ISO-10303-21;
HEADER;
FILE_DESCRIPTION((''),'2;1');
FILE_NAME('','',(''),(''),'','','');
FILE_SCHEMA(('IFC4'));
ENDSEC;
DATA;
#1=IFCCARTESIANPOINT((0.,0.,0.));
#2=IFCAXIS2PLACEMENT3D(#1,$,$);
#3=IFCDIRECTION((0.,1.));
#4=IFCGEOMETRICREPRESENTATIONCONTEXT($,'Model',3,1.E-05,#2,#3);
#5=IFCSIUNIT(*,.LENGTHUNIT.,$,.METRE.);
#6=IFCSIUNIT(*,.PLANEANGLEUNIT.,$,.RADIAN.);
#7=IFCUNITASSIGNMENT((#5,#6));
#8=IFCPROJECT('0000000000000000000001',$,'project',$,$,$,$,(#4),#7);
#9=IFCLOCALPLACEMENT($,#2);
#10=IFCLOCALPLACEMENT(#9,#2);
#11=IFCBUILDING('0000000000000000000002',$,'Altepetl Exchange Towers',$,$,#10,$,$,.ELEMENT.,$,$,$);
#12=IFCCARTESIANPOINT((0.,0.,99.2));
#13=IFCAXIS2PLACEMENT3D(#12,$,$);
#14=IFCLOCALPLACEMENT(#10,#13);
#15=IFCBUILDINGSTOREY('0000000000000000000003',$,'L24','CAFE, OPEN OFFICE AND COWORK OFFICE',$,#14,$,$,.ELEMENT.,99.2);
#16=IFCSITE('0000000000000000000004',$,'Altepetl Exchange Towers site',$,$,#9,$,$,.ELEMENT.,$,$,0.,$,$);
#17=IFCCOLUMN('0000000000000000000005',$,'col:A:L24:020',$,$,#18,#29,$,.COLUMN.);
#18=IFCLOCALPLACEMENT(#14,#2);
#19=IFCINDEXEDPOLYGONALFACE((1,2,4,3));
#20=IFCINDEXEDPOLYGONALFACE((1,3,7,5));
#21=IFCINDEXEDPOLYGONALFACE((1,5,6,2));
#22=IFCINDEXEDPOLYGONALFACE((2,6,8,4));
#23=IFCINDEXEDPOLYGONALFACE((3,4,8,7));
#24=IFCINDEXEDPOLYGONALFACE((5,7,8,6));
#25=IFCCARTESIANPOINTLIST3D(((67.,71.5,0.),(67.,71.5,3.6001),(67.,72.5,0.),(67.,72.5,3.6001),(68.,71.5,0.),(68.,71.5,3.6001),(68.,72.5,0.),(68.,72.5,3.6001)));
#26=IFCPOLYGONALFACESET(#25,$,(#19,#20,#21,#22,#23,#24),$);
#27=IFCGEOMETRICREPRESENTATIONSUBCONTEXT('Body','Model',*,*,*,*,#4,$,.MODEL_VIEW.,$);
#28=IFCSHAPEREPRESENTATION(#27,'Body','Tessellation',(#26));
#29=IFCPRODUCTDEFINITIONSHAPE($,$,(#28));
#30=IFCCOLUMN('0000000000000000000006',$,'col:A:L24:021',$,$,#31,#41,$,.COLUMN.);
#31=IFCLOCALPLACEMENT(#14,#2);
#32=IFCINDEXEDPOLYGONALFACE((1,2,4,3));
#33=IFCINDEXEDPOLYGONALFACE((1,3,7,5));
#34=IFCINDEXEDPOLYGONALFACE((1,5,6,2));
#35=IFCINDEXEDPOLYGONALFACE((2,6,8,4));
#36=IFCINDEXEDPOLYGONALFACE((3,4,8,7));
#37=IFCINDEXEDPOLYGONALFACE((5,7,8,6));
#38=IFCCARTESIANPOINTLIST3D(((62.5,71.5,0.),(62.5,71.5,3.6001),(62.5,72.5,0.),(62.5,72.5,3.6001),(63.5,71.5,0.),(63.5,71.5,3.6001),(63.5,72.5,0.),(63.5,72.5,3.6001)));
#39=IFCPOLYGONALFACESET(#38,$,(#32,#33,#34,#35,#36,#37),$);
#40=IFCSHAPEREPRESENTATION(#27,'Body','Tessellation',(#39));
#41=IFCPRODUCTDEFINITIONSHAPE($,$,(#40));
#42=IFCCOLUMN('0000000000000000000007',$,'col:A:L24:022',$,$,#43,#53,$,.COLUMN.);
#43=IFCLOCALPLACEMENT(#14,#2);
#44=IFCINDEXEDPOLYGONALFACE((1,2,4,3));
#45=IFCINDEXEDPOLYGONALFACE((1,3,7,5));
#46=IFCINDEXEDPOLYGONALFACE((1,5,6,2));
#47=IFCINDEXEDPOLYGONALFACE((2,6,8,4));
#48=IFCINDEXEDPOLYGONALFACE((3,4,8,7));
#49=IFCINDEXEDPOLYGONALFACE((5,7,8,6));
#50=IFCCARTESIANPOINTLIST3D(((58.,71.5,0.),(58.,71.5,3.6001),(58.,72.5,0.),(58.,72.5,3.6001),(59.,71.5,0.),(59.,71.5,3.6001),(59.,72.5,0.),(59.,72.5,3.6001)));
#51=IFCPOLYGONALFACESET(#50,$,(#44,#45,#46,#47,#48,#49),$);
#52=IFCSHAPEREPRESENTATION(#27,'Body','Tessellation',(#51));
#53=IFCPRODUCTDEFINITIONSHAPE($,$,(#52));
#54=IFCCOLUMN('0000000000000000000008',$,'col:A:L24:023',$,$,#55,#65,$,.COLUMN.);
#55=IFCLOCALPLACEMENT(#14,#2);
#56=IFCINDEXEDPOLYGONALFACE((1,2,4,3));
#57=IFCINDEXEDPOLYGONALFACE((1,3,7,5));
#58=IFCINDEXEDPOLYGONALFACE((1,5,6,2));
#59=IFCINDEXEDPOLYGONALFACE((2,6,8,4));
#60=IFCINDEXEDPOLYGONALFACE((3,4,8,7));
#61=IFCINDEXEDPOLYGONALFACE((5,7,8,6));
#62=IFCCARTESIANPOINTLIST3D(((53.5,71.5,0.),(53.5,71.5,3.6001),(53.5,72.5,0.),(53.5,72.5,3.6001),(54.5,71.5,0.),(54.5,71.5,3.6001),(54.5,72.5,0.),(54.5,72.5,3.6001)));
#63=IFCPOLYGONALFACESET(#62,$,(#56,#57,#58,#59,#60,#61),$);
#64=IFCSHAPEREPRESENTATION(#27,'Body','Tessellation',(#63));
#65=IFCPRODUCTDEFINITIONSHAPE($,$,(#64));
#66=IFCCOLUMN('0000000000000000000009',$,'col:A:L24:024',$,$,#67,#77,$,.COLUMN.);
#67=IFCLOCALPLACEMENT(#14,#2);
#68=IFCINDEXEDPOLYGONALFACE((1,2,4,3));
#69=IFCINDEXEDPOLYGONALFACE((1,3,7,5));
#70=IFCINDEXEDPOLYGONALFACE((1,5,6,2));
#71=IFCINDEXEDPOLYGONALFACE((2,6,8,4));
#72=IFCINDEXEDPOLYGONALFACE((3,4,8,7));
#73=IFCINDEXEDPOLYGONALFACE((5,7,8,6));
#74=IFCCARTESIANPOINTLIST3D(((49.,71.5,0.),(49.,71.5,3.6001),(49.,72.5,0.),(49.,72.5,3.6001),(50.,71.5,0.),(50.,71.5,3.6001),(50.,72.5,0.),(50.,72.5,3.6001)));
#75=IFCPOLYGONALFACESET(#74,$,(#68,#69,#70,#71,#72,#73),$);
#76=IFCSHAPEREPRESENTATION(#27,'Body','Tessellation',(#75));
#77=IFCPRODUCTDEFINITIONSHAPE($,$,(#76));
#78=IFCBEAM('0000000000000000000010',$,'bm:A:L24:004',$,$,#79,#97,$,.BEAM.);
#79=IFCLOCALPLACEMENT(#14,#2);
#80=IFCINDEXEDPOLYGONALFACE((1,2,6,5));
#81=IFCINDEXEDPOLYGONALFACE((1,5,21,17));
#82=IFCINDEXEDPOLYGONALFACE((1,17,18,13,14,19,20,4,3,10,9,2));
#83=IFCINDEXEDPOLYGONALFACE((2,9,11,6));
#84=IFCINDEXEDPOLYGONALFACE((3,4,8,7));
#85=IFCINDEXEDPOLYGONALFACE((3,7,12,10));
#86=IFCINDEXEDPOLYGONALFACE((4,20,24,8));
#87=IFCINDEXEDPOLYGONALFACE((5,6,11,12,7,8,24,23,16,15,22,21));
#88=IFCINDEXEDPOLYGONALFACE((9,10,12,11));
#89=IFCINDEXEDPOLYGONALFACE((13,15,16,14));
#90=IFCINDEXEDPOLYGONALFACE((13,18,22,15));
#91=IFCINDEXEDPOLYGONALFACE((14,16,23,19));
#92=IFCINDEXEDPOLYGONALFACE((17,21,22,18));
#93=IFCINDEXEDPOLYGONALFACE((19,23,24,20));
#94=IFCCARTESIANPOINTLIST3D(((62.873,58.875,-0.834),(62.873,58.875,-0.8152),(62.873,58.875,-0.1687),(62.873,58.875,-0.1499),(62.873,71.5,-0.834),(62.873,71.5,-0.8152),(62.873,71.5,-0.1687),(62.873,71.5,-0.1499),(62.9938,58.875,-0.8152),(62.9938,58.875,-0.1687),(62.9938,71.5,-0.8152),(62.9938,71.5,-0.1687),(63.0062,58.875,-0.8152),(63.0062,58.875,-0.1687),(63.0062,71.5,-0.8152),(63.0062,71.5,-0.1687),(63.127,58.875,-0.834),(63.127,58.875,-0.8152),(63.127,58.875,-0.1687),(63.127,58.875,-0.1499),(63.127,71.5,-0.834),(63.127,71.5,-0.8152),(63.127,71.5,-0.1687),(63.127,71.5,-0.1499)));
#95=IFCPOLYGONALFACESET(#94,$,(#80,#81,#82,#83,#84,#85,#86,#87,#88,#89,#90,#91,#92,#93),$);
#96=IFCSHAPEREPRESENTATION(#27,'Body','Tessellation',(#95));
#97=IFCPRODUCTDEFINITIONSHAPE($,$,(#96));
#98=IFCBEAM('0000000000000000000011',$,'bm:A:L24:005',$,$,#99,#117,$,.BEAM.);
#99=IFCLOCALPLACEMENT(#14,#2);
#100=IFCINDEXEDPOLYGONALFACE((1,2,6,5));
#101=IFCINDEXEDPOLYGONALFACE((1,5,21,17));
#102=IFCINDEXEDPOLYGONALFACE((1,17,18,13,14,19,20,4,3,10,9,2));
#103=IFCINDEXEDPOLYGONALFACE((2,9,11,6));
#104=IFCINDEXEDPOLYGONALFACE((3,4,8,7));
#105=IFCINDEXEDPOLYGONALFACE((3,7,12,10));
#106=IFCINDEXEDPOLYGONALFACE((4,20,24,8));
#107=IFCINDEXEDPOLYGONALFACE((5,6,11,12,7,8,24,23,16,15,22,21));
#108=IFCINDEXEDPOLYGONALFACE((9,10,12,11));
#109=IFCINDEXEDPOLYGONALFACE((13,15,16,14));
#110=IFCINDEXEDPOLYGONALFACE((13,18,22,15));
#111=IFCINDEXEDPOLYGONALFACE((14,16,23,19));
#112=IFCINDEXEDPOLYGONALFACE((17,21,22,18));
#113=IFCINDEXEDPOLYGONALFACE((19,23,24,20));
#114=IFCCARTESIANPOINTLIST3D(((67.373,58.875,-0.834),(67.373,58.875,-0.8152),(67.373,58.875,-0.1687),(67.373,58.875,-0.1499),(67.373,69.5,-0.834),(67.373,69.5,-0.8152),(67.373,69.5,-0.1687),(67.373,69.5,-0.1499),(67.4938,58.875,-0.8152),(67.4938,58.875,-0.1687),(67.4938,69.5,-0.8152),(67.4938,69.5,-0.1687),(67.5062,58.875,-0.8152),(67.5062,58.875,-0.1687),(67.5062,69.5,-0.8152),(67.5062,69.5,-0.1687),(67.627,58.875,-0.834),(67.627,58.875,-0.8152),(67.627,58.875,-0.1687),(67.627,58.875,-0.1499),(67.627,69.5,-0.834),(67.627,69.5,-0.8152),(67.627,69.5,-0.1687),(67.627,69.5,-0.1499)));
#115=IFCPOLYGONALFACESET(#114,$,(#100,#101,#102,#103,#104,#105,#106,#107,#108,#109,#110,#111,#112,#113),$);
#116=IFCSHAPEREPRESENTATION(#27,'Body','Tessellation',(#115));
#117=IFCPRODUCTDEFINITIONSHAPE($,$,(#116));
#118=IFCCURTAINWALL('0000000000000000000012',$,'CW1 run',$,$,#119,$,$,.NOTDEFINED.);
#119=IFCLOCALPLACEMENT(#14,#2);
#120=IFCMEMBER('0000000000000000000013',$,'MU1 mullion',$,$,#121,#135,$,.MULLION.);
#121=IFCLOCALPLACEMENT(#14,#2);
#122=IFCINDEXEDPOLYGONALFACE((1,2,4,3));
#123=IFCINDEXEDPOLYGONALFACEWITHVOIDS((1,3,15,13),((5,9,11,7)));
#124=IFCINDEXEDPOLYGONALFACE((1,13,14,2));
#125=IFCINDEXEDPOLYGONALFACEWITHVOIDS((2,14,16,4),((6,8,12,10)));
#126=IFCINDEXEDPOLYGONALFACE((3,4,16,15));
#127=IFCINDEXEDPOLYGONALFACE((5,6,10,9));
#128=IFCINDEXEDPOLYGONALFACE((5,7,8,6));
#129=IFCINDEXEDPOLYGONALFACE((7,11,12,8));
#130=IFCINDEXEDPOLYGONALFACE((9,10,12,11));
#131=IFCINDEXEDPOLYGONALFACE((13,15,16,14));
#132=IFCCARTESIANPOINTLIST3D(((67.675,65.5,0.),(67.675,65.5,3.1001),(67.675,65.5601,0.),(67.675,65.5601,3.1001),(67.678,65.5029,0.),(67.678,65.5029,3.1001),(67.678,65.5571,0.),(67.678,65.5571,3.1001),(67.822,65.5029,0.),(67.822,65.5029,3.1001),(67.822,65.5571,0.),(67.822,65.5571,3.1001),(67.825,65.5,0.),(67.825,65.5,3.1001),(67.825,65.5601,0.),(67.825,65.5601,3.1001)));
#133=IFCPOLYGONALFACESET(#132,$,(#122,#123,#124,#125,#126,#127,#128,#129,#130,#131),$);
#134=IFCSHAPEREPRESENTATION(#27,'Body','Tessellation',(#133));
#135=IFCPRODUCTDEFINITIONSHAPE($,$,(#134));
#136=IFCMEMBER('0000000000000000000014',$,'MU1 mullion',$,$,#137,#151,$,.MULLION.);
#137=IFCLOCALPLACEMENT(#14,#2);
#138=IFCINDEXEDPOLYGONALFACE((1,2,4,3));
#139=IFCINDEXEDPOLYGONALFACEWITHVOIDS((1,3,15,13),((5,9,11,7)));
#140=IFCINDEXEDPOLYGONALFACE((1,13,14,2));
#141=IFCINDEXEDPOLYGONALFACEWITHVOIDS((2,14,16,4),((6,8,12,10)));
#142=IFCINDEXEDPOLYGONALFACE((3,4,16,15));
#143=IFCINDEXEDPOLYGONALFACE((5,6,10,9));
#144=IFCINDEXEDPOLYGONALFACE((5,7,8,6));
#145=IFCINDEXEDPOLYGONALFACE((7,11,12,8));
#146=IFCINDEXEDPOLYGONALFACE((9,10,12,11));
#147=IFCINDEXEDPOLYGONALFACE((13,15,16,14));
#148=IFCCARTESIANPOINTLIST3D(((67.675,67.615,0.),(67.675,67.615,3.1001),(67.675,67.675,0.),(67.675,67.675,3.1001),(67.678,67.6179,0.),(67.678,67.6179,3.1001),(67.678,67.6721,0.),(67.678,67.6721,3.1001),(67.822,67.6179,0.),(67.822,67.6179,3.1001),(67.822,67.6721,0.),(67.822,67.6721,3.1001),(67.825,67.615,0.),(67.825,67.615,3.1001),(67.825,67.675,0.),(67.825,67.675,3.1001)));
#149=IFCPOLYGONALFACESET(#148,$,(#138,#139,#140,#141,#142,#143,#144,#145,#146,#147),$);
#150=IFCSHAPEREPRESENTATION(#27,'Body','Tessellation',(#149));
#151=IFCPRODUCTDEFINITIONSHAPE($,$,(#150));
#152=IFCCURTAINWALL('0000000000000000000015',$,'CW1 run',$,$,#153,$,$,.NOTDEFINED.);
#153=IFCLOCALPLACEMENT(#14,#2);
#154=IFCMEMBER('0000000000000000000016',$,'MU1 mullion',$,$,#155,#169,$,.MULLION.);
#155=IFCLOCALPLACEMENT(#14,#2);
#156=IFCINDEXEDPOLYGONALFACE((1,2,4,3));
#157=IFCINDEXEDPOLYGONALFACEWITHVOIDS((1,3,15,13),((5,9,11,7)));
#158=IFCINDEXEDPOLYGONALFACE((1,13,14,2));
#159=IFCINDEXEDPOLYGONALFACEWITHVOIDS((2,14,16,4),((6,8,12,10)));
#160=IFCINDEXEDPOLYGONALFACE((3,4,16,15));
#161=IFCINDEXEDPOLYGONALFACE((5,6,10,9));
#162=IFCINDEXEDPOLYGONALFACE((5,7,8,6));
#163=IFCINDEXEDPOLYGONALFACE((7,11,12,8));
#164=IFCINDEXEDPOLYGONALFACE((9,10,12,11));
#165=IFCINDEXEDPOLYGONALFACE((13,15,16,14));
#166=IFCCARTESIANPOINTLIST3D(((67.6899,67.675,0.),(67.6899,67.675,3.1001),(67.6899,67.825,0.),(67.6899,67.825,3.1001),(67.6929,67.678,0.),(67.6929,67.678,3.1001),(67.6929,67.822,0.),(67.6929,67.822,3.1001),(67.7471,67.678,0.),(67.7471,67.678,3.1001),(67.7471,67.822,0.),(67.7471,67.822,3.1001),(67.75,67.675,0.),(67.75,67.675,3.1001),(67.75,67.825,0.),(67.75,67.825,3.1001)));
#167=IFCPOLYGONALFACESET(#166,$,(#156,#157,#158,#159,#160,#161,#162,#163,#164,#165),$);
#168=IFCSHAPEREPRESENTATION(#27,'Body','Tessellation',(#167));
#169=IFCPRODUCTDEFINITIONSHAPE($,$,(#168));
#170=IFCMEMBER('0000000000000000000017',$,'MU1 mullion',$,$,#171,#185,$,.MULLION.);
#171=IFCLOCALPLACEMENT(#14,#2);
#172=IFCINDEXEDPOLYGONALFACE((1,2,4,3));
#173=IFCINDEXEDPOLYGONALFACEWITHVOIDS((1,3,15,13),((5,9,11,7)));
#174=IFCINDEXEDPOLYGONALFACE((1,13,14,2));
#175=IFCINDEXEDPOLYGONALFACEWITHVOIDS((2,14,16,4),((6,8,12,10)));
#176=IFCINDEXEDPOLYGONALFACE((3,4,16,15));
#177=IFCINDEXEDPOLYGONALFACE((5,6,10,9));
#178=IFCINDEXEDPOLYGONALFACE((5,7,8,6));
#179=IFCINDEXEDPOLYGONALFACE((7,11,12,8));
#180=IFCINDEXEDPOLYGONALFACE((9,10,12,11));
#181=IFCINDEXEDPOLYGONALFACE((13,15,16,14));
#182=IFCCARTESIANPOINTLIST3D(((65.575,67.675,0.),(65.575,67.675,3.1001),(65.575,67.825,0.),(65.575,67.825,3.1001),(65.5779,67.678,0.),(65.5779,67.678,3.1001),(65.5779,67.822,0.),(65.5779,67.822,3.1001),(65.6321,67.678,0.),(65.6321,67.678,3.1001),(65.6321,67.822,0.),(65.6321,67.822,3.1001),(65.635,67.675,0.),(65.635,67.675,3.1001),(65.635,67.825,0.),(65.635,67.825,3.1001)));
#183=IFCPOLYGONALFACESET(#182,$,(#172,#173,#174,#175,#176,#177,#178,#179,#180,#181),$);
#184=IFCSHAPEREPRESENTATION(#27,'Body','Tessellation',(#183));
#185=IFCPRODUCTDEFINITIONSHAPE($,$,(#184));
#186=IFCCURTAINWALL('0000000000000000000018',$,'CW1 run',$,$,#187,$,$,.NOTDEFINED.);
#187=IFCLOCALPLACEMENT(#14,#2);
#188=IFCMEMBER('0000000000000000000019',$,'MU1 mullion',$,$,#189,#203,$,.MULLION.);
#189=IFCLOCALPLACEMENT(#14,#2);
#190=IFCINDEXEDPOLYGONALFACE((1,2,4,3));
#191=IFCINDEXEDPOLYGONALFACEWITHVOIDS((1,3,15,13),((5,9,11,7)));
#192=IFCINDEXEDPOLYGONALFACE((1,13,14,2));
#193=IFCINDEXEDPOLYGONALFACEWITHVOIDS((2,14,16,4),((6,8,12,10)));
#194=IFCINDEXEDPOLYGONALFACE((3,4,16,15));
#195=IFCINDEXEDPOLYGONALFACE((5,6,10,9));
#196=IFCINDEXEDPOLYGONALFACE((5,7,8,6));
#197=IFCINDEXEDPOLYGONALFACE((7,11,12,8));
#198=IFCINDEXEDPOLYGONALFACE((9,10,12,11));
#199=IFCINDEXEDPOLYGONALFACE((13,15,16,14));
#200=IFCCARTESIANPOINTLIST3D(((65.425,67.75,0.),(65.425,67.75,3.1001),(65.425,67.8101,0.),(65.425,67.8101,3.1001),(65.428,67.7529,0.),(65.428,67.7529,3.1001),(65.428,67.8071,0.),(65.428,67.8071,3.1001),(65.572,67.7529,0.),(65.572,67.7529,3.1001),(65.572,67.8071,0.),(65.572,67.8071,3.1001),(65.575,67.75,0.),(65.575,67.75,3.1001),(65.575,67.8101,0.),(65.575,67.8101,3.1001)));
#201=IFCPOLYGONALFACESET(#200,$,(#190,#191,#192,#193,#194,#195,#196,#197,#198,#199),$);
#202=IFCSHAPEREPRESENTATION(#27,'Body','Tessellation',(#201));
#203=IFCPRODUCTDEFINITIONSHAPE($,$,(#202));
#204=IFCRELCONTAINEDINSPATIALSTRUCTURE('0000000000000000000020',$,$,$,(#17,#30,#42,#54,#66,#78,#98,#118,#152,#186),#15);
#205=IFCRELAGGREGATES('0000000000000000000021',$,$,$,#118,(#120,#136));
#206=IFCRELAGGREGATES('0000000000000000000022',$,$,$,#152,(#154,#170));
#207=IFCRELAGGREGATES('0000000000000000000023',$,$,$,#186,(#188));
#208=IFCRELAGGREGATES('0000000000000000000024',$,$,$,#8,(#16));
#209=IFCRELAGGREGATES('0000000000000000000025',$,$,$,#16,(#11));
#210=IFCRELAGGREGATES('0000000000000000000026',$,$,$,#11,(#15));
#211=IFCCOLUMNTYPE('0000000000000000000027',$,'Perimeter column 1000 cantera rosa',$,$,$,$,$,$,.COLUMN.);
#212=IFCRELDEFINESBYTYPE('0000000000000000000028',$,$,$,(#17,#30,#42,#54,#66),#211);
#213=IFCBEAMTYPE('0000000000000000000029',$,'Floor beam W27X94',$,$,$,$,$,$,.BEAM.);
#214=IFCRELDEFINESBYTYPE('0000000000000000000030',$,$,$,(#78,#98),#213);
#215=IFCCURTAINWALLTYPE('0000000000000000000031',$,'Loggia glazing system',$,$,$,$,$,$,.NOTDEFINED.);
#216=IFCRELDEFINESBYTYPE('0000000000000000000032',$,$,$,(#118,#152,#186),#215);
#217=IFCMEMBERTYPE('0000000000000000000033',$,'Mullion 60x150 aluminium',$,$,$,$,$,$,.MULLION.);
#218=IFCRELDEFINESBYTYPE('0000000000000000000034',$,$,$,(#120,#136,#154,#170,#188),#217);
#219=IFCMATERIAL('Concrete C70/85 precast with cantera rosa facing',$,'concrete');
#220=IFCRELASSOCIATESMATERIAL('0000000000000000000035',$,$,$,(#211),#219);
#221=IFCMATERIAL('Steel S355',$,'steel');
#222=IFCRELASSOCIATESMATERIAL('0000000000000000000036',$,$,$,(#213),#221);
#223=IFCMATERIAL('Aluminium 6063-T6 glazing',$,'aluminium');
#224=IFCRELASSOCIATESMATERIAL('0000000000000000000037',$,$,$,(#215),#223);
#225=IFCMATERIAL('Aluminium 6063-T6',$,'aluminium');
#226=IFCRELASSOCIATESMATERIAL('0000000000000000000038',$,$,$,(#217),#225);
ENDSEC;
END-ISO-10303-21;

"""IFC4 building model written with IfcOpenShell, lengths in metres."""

from ifc_helpers import new_model, si_unit, direction, frame, origin, origin_2d, place, context, subcontext, project, spatial, rectangle, hollow_rectangle, i_section, extrude, material, material_profile, profile_set, type_object, element, aggregate, save


model = new_model("IFC4")

# Units and contexts
model_context = context("Model", 3, precision=1e-05, world=origin(), true_north=direction((0.0, 1.0)))
body_context = subcontext(model_context, "Body", "Model", "MODEL_VIEW")
ifc_project = project(units=[si_unit("LENGTHUNIT", "METRE"), si_unit("PLANEANGLEUNIT", "RADIAN")], contexts=[model_context])

# Site, building, storey
site_placement = place(None, origin())
site = spatial("IfcSite", under=ifc_project, at=site_placement, Name="Altepetl Exchange Towers site", CompositionType="ELEMENT", RefElevation=0.0)
building_placement = place(site_placement, origin())
building = spatial("IfcBuilding", under=site, at=building_placement, Name="Altepetl Exchange Towers", CompositionType="ELEMENT")
storey_placement = place(building_placement, frame((0.0, 0.0, 99.2)))
storey = spatial("IfcBuildingStorey", under=building, at=storey_placement, Name="L24", Description="CAFE, OPEN OFFICE AND COWORK OFFICE", CompositionType="ELEMENT", Elevation=99.2)

# Columns
ifc_material_1 = material(Name="Concrete C70/85 precast with cantera rosa facing", Category="concrete")
ifc_material_profile_1 = material_profile(ifc_material_1, rectangle(XDim=1.0, YDim=1.0, at=origin_2d()), Name="1000 x 1000")
ifc_profile_set_1 = profile_set([ifc_material_profile_1], Name="Concrete C70/85 precast with cantera rosa facing")
column_type = type_object("IfcColumnType", Name="Perimeter column 1000 cantera rosa", PredefinedType="COLUMN", material=ifc_profile_set_1)
for number, where, name in (
    (1, (67.5, 72.0, 0.0), "col:A:L24:020"),
    (2, (63.0, 72.0, 0.0), "col:A:L24:021"),
    (3, (58.5, 72.0, 0.0), "col:A:L24:022"),
    (4, (54.0, 72.0, 0.0), "col:A:L24:023"),
    (5, (49.5, 72.0, 0.0), "col:A:L24:024"),
):
    element("IfcColumn", number, at=place(storey_placement, frame(where)), inside=storey, type_object=column_type, Name=name, PredefinedType="COLUMN", context=body_context, shape_type="SweptSolid", body=[
        extrude(rectangle(XDim=1.0, YDim=1.0, at=origin_2d()), origin(), (0.0, 0.0, 1.0), 3.6001),
    ])

# Beams
ifc_material_2 = material(Name="Steel S355", Category="steel")
ifc_material_profile_2 = material_profile(ifc_material_2, i_section(OverallWidth=0.2539, OverallDepth=0.6841, WebThickness=0.0125, FlangeThickness=0.0188, at=origin_2d()), Name="W27X94")
ifc_profile_set_2 = profile_set([ifc_material_profile_2], Name="Steel S355")
beam_type_1 = type_object("IfcBeamType", Name="Floor beam W27X94", PredefinedType="BEAM", material=ifc_profile_set_2)
beam_1_placement = place(storey_placement, frame((63.0, 58.875, -0.4919), z_axis=(0.0, 1.0, 0.0), x_axis=(-1.0, 0.0, 0.0)))
element("IfcBeam", 6, at=beam_1_placement, inside=storey, type_object=beam_type_1, Name="bm:A:L24:004", PredefinedType="BEAM", context=body_context, shape_type="SweptSolid", body=[
    extrude(i_section(OverallWidth=0.2539, OverallDepth=0.6841, WebThickness=0.0125, FlangeThickness=0.0188, at=origin_2d()), origin(), (0.0, 0.0, 1.0), 12.625),
])
beam_2_placement = place(storey_placement, frame((67.5, 58.875, -0.4919), z_axis=(0.0, 1.0, 0.0), x_axis=(-1.0, 0.0, 0.0)))
element("IfcBeam", 7, at=beam_2_placement, inside=storey, type_object=beam_type_1, Name="bm:A:L24:005", PredefinedType="BEAM", context=body_context, shape_type="SweptSolid", body=[
    extrude(i_section(OverallWidth=0.2539, OverallDepth=0.6841, WebThickness=0.0125, FlangeThickness=0.0188, at=origin_2d()), origin(), (0.0, 0.0, 1.0), 10.625),
])

# Curtain walls, members
ifc_material_3 = material(Name="Aluminium 6063-T6 glazing", Category="aluminium")
curtain_wall_type = type_object("IfcCurtainWallType", Name="Loggia glazing system", PredefinedType="NOTDEFINED", material=ifc_material_3)
curtain_wall_1_placement = place(storey_placement, origin())
curtain_wall_1 = element("IfcCurtainWall", 8, at=curtain_wall_1_placement, inside=storey, type_object=curtain_wall_type, Name="CW1 run", PredefinedType="NOTDEFINED")
ifc_material_4 = material(Name="Aluminium 6063-T6", Category="aluminium")
ifc_material_profile_3 = material_profile(ifc_material_4, hollow_rectangle(XDim=0.0601, YDim=0.1499, WallThickness=0.0029, at=origin_2d()), Name="Mullion 60x150 aluminium")
ifc_profile_set_3 = profile_set([ifc_material_profile_3], Name="Aluminium 6063-T6")
member_type = type_object("IfcMemberType", Name="Mullion 60x150 aluminium", PredefinedType="MULLION", material=ifc_profile_set_3)
member_1_placement = place(storey_placement, frame((67.75, 65.53, 0.0), z_axis=(0.0, 0.0, 1.0), x_axis=(0.0, 1.0, 0.0)))
member_1 = element("IfcMember", 9, at=member_1_placement, type_object=member_type, Name="MU1 mullion", PredefinedType="MULLION", context=body_context, shape_type="SweptSolid", body=[
    extrude(hollow_rectangle(XDim=0.0601, YDim=0.1499, WallThickness=0.0029, at=origin_2d()), origin(), (0.0, 0.0, 1.0), 3.1001),
])
member_2_placement = place(storey_placement, frame((67.75, 67.645, 0.0), z_axis=(0.0, 0.0, 1.0), x_axis=(0.0, 1.0, 0.0)))
member_2 = element("IfcMember", 10, at=member_2_placement, type_object=member_type, Name="MU1 mullion", PredefinedType="MULLION", context=body_context, shape_type="SweptSolid", body=[
    extrude(hollow_rectangle(XDim=0.0601, YDim=0.1499, WallThickness=0.0029, at=origin_2d()), origin(), (0.0, 0.0, 1.0), 3.1001),
])
curtain_wall_2_placement = place(storey_placement, origin())
curtain_wall_2 = element("IfcCurtainWall", 11, at=curtain_wall_2_placement, inside=storey, type_object=curtain_wall_type, Name="CW1 run", PredefinedType="NOTDEFINED")
member_3_placement = place(storey_placement, frame((67.72, 67.75, 0.0), z_axis=(0.0, 0.0, 1.0), x_axis=(-1.0, 0.0, 0.0)))
member_3 = element("IfcMember", 12, at=member_3_placement, type_object=member_type, Name="MU1 mullion", PredefinedType="MULLION", context=body_context, shape_type="SweptSolid", body=[
    extrude(hollow_rectangle(XDim=0.0601, YDim=0.1499, WallThickness=0.0029, at=origin_2d()), origin(), (0.0, 0.0, 1.0), 3.1001),
])
member_4_placement = place(storey_placement, frame((65.605, 67.75, 0.0), z_axis=(0.0, 0.0, 1.0), x_axis=(-1.0, 0.0, 0.0)))
member_4 = element("IfcMember", 13, at=member_4_placement, type_object=member_type, Name="MU1 mullion", PredefinedType="MULLION", context=body_context, shape_type="SweptSolid", body=[
    extrude(hollow_rectangle(XDim=0.0601, YDim=0.1499, WallThickness=0.0029, at=origin_2d()), origin(), (0.0, 0.0, 1.0), 3.1001),
])
curtain_wall_3_placement = place(storey_placement, origin())
curtain_wall_3 = element("IfcCurtainWall", 14, at=curtain_wall_3_placement, inside=storey, type_object=curtain_wall_type, Name="CW1 run", PredefinedType="NOTDEFINED")
member_5_placement = place(storey_placement, frame((65.5, 67.78, 0.0), z_axis=(0.0, 0.0, 1.0), x_axis=(0.0, 1.0, 0.0)))
member_5 = element("IfcMember", 15, at=member_5_placement, type_object=member_type, Name="MU1 mullion", PredefinedType="MULLION", context=body_context, shape_type="SweptSolid", body=[
    extrude(hollow_rectangle(XDim=0.0601, YDim=0.1499, WallThickness=0.0029, at=origin_2d()), origin(), (0.0, 0.0, 1.0), 3.1001),
])

aggregate(curtain_wall_1, [member_1, member_2])
aggregate(curtain_wall_2, [member_3, member_4])
aggregate(curtain_wall_3, [member_5])

save(model, "model.ifc")
